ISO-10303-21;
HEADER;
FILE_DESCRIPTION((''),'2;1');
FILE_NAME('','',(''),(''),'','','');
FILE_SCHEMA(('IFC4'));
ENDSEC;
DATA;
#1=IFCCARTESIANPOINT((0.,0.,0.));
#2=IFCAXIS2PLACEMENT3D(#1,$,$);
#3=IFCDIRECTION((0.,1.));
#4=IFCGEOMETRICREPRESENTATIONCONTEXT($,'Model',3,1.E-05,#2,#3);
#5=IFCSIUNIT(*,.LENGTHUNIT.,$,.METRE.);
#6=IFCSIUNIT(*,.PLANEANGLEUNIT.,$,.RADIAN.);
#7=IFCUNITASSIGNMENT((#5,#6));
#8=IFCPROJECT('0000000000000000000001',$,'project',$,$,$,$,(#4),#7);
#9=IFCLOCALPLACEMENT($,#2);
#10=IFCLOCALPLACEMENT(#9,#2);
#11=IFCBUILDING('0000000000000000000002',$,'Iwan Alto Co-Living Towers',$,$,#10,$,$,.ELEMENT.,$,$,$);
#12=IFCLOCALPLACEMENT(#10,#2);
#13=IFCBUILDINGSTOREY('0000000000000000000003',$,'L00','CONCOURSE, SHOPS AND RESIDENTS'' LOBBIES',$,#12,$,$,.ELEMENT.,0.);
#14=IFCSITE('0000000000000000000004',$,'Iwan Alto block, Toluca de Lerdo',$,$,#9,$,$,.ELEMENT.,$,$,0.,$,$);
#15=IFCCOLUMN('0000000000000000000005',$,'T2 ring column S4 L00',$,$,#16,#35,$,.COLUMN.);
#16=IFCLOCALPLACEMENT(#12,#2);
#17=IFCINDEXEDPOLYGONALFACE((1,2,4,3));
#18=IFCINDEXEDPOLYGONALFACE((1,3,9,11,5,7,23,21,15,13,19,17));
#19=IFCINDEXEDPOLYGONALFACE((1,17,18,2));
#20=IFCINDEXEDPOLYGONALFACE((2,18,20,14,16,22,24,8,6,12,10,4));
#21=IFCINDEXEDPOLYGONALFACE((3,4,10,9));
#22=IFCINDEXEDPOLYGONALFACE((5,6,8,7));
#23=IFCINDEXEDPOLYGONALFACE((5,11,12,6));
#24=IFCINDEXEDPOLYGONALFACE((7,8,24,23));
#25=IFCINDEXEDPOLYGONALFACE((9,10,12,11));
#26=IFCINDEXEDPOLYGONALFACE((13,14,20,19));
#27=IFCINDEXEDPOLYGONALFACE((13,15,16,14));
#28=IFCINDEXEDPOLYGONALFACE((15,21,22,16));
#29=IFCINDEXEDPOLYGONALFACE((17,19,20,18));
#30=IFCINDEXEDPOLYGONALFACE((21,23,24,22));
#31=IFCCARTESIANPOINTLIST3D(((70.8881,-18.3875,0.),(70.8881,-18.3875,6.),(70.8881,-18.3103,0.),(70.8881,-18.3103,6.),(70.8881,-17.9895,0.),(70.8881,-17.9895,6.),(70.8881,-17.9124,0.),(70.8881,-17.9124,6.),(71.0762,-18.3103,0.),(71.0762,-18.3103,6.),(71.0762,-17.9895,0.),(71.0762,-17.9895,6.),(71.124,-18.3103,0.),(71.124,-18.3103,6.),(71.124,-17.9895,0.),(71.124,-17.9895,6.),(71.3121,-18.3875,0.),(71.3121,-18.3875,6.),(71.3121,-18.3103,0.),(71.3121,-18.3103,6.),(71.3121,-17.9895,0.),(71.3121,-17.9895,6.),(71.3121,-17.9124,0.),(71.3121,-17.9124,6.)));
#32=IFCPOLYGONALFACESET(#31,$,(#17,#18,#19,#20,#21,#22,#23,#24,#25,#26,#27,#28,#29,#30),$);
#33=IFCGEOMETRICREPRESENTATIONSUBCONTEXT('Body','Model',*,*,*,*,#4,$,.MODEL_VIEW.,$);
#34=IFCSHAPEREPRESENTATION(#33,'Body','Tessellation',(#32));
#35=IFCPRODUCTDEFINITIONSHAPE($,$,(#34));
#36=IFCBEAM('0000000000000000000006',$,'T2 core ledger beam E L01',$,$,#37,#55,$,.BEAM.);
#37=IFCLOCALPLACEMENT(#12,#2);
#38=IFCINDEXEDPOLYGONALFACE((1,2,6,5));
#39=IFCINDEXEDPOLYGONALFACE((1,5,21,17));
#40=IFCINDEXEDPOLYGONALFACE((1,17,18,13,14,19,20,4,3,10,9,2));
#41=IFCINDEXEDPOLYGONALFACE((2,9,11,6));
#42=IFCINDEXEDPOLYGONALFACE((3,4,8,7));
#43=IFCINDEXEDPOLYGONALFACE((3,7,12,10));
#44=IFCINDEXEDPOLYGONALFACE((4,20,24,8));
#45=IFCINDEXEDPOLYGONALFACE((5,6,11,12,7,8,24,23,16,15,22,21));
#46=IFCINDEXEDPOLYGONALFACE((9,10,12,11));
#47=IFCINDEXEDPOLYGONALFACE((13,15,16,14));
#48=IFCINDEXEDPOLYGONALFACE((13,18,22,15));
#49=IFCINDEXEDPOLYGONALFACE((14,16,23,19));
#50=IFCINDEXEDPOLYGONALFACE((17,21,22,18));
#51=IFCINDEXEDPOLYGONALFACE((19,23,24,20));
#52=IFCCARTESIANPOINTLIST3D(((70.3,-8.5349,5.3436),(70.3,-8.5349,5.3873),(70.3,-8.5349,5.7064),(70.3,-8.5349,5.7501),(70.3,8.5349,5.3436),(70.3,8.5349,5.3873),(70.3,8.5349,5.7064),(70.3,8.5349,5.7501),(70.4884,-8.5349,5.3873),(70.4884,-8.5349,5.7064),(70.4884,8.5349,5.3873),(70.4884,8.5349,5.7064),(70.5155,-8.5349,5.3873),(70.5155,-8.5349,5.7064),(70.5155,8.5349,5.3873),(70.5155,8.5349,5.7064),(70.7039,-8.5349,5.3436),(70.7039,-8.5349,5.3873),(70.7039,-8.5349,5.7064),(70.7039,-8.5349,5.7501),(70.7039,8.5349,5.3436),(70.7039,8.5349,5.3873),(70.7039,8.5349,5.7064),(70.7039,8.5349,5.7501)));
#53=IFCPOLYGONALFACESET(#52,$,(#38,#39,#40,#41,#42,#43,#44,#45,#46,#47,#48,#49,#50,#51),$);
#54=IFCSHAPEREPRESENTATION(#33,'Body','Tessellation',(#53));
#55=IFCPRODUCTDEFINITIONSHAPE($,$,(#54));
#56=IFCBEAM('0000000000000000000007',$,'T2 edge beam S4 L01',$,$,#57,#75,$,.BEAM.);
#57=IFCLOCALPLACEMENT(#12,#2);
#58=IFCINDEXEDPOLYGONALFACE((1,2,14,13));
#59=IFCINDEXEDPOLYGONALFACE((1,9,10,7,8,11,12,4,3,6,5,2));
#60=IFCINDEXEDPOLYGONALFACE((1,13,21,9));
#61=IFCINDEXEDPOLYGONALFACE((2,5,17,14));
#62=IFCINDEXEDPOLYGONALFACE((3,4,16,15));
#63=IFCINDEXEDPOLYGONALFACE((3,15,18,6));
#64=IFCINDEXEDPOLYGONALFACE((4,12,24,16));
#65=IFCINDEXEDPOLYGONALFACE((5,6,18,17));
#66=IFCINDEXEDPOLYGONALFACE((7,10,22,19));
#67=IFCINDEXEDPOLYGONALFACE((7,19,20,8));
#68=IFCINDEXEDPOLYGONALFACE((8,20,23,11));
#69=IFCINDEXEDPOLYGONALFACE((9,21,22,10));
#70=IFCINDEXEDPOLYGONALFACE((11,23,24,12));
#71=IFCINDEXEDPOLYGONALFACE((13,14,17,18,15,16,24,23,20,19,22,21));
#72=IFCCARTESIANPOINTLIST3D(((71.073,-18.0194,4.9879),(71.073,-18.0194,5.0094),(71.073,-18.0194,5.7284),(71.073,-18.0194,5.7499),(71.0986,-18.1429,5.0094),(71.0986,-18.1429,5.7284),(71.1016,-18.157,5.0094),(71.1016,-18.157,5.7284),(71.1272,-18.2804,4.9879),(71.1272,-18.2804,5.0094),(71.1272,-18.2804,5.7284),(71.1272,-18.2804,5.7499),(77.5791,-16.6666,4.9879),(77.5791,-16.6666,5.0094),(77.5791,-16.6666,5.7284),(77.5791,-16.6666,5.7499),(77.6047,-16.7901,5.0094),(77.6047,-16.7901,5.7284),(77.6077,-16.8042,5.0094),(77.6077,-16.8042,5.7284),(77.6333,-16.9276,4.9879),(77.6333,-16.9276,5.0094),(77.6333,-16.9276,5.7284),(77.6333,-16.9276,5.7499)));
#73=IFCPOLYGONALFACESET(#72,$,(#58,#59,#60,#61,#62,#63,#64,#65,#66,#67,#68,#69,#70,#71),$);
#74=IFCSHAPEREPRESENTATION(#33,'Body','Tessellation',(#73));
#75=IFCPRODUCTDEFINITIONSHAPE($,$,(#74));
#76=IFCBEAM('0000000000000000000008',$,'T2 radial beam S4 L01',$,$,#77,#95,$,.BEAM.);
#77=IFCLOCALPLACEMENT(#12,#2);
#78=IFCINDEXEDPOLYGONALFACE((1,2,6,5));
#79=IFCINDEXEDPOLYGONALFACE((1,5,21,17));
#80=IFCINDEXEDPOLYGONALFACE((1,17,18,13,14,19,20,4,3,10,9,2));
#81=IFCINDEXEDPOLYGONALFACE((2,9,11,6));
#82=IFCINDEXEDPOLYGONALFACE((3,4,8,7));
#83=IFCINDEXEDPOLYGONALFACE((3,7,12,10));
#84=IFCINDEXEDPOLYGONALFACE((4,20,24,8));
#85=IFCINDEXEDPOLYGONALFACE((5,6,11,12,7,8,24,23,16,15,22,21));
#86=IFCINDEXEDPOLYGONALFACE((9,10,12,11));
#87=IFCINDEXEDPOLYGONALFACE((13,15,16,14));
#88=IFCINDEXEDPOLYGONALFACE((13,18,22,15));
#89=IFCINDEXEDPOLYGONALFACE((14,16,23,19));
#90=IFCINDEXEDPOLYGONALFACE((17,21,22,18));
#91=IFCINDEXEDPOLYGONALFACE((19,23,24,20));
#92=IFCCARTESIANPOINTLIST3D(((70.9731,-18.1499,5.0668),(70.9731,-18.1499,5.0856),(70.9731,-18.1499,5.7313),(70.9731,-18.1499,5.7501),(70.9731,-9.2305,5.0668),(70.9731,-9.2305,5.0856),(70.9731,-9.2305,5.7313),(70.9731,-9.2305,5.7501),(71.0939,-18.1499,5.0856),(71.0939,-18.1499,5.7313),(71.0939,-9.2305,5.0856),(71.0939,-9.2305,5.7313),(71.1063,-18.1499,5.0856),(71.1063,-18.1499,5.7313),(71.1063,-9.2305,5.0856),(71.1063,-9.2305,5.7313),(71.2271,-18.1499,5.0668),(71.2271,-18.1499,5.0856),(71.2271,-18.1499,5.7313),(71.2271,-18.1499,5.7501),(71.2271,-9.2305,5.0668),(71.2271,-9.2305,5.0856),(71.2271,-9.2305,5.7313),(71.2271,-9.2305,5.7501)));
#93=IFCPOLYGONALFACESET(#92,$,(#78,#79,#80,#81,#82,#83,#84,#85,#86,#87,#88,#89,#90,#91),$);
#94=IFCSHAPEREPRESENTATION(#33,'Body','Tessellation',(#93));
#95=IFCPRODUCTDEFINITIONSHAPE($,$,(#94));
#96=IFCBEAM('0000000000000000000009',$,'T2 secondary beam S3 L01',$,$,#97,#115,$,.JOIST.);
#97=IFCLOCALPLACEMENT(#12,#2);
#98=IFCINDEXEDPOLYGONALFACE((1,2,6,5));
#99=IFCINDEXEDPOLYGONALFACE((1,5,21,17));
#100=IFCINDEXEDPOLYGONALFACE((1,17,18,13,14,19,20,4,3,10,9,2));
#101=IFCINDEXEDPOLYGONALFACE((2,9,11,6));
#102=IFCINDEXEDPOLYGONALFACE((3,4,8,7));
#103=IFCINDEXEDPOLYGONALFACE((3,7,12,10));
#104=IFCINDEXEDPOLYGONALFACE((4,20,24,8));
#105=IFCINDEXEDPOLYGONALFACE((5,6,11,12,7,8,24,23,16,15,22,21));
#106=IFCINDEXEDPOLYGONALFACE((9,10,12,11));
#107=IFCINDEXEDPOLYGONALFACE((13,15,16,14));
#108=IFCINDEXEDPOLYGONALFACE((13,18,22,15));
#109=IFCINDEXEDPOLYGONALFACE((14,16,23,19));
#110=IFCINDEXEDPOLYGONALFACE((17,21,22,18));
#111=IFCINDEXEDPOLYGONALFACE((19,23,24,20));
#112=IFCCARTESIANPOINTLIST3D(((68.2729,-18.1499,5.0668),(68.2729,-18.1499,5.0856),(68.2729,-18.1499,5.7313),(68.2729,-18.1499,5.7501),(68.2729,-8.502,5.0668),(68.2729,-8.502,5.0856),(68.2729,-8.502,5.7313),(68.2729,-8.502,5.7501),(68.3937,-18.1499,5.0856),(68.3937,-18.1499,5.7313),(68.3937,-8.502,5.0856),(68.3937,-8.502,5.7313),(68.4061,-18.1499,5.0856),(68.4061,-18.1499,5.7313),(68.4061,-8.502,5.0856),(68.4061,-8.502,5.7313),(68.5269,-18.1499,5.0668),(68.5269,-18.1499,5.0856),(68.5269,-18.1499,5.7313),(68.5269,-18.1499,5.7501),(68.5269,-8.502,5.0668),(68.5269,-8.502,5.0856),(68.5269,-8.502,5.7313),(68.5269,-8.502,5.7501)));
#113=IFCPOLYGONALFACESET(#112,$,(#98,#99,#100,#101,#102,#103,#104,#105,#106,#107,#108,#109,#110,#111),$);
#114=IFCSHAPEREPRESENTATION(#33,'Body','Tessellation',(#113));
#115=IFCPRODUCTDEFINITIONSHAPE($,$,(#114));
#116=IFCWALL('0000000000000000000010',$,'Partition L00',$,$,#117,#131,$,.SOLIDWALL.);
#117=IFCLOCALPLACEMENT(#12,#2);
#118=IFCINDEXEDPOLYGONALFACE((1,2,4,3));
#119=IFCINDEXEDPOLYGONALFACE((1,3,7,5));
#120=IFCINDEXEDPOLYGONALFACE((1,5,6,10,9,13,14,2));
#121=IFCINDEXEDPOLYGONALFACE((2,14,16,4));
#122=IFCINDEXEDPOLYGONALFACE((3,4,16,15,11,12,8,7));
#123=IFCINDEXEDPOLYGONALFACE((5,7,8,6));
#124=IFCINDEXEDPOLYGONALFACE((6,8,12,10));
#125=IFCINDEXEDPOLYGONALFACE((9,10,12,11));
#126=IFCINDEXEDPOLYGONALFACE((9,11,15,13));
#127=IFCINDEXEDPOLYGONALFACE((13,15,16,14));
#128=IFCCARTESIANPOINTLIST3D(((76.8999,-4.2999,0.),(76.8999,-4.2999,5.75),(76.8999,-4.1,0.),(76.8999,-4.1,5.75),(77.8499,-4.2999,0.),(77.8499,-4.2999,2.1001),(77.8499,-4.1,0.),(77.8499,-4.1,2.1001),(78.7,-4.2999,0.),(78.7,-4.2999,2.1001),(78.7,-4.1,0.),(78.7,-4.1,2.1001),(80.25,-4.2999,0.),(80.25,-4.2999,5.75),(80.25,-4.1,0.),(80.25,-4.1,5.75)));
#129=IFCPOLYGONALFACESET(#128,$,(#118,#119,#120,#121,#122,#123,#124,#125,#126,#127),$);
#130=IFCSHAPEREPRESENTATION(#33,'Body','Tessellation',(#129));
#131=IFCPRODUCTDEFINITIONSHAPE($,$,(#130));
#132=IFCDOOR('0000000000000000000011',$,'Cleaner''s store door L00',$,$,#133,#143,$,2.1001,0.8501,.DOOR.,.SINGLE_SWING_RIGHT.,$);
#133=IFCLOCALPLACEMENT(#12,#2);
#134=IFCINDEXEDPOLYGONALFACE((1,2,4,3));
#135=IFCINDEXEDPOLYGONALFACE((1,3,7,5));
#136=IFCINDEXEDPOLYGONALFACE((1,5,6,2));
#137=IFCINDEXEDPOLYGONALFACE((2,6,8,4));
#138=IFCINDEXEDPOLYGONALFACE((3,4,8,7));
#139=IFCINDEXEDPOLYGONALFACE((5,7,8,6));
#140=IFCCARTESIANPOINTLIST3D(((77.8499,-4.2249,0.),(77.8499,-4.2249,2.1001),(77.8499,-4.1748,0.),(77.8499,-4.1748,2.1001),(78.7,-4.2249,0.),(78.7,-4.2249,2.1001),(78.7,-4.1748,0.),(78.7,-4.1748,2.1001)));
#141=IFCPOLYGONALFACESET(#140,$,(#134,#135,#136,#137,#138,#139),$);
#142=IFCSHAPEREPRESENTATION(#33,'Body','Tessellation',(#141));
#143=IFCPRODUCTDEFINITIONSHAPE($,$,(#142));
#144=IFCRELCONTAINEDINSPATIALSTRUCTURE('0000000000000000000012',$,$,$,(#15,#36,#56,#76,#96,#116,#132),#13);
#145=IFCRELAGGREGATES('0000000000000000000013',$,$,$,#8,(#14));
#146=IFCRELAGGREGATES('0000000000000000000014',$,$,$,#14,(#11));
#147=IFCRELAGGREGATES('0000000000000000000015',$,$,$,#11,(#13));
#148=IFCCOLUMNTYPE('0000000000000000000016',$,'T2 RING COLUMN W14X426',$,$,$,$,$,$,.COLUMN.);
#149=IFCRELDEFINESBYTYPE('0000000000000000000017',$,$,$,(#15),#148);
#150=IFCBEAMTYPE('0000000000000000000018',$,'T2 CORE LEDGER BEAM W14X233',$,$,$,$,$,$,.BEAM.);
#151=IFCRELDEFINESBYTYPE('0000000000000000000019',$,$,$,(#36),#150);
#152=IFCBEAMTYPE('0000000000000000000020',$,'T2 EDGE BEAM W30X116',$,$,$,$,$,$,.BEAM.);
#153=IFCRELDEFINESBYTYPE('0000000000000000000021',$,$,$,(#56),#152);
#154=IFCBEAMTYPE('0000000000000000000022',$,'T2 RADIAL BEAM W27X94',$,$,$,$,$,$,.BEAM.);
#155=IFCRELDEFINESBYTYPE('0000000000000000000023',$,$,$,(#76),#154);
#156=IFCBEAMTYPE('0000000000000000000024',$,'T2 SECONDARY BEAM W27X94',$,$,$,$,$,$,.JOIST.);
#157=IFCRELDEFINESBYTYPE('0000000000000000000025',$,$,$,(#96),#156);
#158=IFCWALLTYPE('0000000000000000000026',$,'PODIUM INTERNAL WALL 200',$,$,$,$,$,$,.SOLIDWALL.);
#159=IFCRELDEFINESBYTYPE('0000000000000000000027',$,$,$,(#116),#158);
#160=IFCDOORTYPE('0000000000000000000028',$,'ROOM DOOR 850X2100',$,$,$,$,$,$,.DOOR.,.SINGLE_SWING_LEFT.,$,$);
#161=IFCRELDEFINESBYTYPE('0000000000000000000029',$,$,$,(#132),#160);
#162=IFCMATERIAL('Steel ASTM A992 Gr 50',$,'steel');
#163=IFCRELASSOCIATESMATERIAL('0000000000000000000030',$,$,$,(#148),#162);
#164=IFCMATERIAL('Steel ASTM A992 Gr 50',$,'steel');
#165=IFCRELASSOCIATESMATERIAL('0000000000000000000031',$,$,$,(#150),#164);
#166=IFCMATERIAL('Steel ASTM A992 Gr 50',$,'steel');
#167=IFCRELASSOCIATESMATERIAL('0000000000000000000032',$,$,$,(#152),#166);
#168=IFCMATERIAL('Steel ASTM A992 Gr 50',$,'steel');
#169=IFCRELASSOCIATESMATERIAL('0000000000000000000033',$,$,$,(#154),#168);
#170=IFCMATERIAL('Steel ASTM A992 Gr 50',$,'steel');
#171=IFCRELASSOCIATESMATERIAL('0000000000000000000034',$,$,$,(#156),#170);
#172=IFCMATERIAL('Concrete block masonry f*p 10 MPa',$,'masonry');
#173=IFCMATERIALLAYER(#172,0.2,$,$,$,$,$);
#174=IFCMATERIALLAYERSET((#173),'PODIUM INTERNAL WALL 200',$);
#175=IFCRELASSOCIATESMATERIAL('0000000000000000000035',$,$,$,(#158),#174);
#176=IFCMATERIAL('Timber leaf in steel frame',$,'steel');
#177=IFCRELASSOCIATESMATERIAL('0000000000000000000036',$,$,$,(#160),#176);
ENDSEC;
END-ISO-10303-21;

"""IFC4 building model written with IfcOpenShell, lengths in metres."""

from ifc_helpers import new_model, si_unit, direction, frame, frame_2d, origin, origin_2d, place, context, subcontext, project, spatial, rectangle, i_section, extrude, material, layer, layer_set, material_profile, profile_set, type_object, element, fill, save


model = new_model("IFC4")

# Units and contexts
model_context = context("Model", 3, precision=1e-05, world=origin(), true_north=direction((0.0, 1.0)))
body_context = subcontext(model_context, "Body", "Model", "MODEL_VIEW")
ifc_project = project(units=[si_unit("LENGTHUNIT", "METRE"), si_unit("PLANEANGLEUNIT", "RADIAN")], contexts=[model_context])

# Site, building, storey
site_placement = place(None, origin())
site = spatial("IfcSite", under=ifc_project, at=site_placement, Name="Iwan Alto block, Toluca de Lerdo", CompositionType="ELEMENT", RefElevation=0.0)
building_placement = place(site_placement, origin())
building = spatial("IfcBuilding", under=site, at=building_placement, Name="Iwan Alto Co-Living Towers", CompositionType="ELEMENT")
storey_placement = place(building_placement, origin())
storey = spatial("IfcBuildingStorey", under=building, at=storey_placement, Name="L00", Description="CONCOURSE, SHOPS AND RESIDENTS' LOBBIES", CompositionType="ELEMENT", Elevation=0.0)

# Column
ifc_material_1 = material(Name="Steel ASTM A992 Gr 50", Category="steel")
ifc_material_profile_1 = material_profile(ifc_material_1, i_section(OverallWidth=0.4241, OverallDepth=0.4751, WebThickness=0.0479, FlangeThickness=0.0771, at=origin_2d()), Name="W14X426")
ifc_profile_set_1 = profile_set([ifc_material_profile_1], Name="Steel ASTM A992 Gr 50")
column_type = type_object("IfcColumnType", Name="T2 RING COLUMN W14X426", PredefinedType="COLUMN", material=ifc_profile_set_1)
column_placement = place(storey_placement, frame((71.1001, -18.1499, 0.0), z_axis=(0.0, 0.0, 1.0), x_axis=(1.0, 0.0, 0.0)))
element("IfcColumn", 1, at=column_placement, inside=storey, type_object=column_type, Name="T2 ring column S4 L00", PredefinedType="COLUMN", context=body_context, shape_type="SweptSolid", body=[
    extrude(i_section(OverallWidth=0.4241, OverallDepth=0.4751, WebThickness=0.0479, FlangeThickness=0.0771, at=origin_2d()), origin(), (0.0, 0.0, 1.0), 6.0),
])

# Beams
ifc_material_2 = material(Name="Steel ASTM A992 Gr 50", Category="steel")
ifc_material_profile_2 = material_profile(ifc_material_2, i_section(OverallWidth=0.4038, OverallDepth=0.4065, WebThickness=0.0271, FlangeThickness=0.0437, at=origin_2d()), Name="W14X233")
ifc_profile_set_2 = profile_set([ifc_material_profile_2], Name="Steel ASTM A992 Gr 50")
beam_type_1 = type_object("IfcBeamType", Name="T2 CORE LEDGER BEAM W14X233", PredefinedType="BEAM", material=ifc_profile_set_2)
beam_1_placement = place(storey_placement, frame((70.502, -8.5349, 5.5469), z_axis=(0.0, 1.0, 0.0), x_axis=(-1.0, 0.0, 0.0)))
element("IfcBeam", 2, at=beam_1_placement, inside=storey, type_object=beam_type_1, Name="T2 core ledger beam E L01", PredefinedType="BEAM", context=body_context, shape_type="SweptSolid", body=[
    extrude(i_section(OverallWidth=0.4038, OverallDepth=0.4065, WebThickness=0.0271, FlangeThickness=0.0437, at=origin_2d()), origin(), (0.0, 0.0, 1.0), 17.0698),
])
ifc_material_3 = material(Name="Steel ASTM A992 Gr 50", Category="steel")
ifc_material_profile_3 = material_profile(ifc_material_3, i_section(OverallWidth=0.2666, OverallDepth=0.762, WebThickness=0.0144, FlangeThickness=0.0215, at=origin_2d()), Name="W30X116")
ifc_profile_set_3 = profile_set([ifc_material_profile_3], Name="Steel ASTM A992 Gr 50")
beam_type_2 = type_object("IfcBeamType", Name="T2 EDGE BEAM W30X116", PredefinedType="BEAM", material=ifc_profile_set_3)
beam_2_placement = place(storey_placement, frame((71.1001, -18.1499, 5.3689), z_axis=(0.97906, 0.203571, 0.0), x_axis=(-0.203571, 0.97906, 0.0)))
element("IfcBeam", 3, at=beam_2_placement, inside=storey, type_object=beam_type_2, Name="T2 edge beam S4 L01", PredefinedType="BEAM", context=body_context, shape_type="SweptSolid", body=[
    extrude(i_section(OverallWidth=0.2666, OverallDepth=0.762, WebThickness=0.0144, FlangeThickness=0.0215, at=origin_2d()), origin(), (0.0, 0.0, 1.0), 6.6453),
])
ifc_material_4 = material(Name="Steel ASTM A992 Gr 50", Category="steel")
ifc_material_profile_4 = material_profile(ifc_material_4, i_section(OverallWidth=0.2539, OverallDepth=0.6833, WebThickness=0.0125, FlangeThickness=0.0188, at=origin_2d()), Name="W27X94")
ifc_profile_set_4 = profile_set([ifc_material_profile_4], Name="Steel ASTM A992 Gr 50")
beam_type_3 = type_object("IfcBeamType", Name="T2 RADIAL BEAM W27X94", PredefinedType="BEAM", material=ifc_profile_set_4)
beam_3_placement = place(storey_placement, frame((71.1001, -18.1499, 5.4084), z_axis=(0.0, 1.0, 0.0), x_axis=(-1.0, 0.0, 0.0)))
element("IfcBeam", 4, at=beam_3_placement, inside=storey, type_object=beam_type_3, Name="T2 radial beam S4 L01", PredefinedType="BEAM", context=body_context, shape_type="SweptSolid", body=[
    extrude(i_section(OverallWidth=0.2539, OverallDepth=0.6833, WebThickness=0.0125, FlangeThickness=0.0188, at=origin_2d()), origin(), (0.0, 0.0, 1.0), 8.9194),
])
ifc_material_5 = material(Name="Steel ASTM A992 Gr 50", Category="steel")
ifc_material_profile_5 = material_profile(ifc_material_5, i_section(OverallWidth=0.2539, OverallDepth=0.6833, WebThickness=0.0125, FlangeThickness=0.0188, at=origin_2d()), Name="W27X94")
ifc_profile_set_5 = profile_set([ifc_material_profile_5], Name="Steel ASTM A992 Gr 50")
beam_type_4 = type_object("IfcBeamType", Name="T2 SECONDARY BEAM W27X94", PredefinedType="JOIST", material=ifc_profile_set_5)
beam_4_placement = place(storey_placement, frame((68.3999, -18.1499, 5.4084), z_axis=(0.0, 1.0, 0.0), x_axis=(-1.0, 0.0, 0.0)))
element("IfcBeam", 5, at=beam_4_placement, inside=storey, type_object=beam_type_4, Name="T2 secondary beam S3 L01", PredefinedType="JOIST", context=body_context, shape_type="SweptSolid", body=[
    extrude(i_section(OverallWidth=0.2539, OverallDepth=0.6833, WebThickness=0.0125, FlangeThickness=0.0188, at=origin_2d()), origin(), (0.0, 0.0, 1.0), 9.6479),
])

# Wall, opening, door
ifc_material_6 = material(Name="Concrete block masonry f*p 10 MPa", Category="masonry")
ifc_layer_1 = layer(ifc_material_6, 0.2)
ifc_layer_set_1 = layer_set([ifc_layer_1], Name="PODIUM INTERNAL WALL 200")
wall_type_1 = type_object("IfcWallType", Name="PODIUM INTERNAL WALL 200", PredefinedType="SOLIDWALL", material=ifc_layer_set_1)
wall_1_placement = place(storey_placement, frame((76.8999, -4.2, 0.0), z_axis=(0.0, 0.0, 1.0), x_axis=(1.0, 0.0, 0.0)))
wall_1 = element("IfcWall", 6, at=wall_1_placement, inside=storey, type_object=wall_type_1, Name="Partition L00", PredefinedType="SOLIDWALL", context=body_context, shape_type="SweptSolid", body=[
    extrude(rectangle(XDim=3.3501, YDim=0.2, at=frame_2d((1.675, 0.0))), origin(), (0.0, 0.0, 1.0), 5.75),
])
opening_1_placement = place(wall_1_placement, frame((0.95, 0.0, 0.0)))
opening_1 = element("IfcOpeningElement", 7, at=opening_1_placement, cuts=wall_1, PredefinedType="OPENING", context=body_context, shape_type="SweptSolid", body=[
    extrude(rectangle(XDim=0.8501, YDim=2.1001, at=frame_2d((0.425, 1.05))), frame((0.0, 0.1099, 0.0), z_axis=(0.0, -1.0, 0.0), x_axis=(1.0, 0.0, 0.0)), (0.0, 0.0, 1.0), 0.22),
])
ifc_material_7 = material(Name="Timber leaf in steel frame", Category="steel")
door_type_1 = type_object("IfcDoorType", Name="ROOM DOOR 850X2100", OperationType="SINGLE_SWING_LEFT", PredefinedType="DOOR", material=ifc_material_7)
door_1_placement = place(opening_1_placement, frame((0.8501, 0.0, 0.0), z_axis=(0.0, 0.0, 1.0), x_axis=(-1.0, 0.0, 0.0)))
door_1 = element("IfcDoor", 8, at=door_1_placement, inside=storey, type_object=door_type_1, Name="Cleaner's store door L00", OperationType="SINGLE_SWING_RIGHT", OverallHeight=2.1001, OverallWidth=0.8501, PredefinedType="DOOR", context=body_context, shape_type="SweptSolid", body=[
    extrude(rectangle(XDim=0.8501, YDim=2.1001, at=frame_2d((0.425, 1.05))), frame((0.0, 0.0249, 0.0), z_axis=(0.0, -1.0, 0.0), x_axis=(1.0, 0.0, 0.0)), (0.0, 0.0, 1.0), 0.05),
])
fill(opening_1, door_1)

save(model, "model.ifc")
